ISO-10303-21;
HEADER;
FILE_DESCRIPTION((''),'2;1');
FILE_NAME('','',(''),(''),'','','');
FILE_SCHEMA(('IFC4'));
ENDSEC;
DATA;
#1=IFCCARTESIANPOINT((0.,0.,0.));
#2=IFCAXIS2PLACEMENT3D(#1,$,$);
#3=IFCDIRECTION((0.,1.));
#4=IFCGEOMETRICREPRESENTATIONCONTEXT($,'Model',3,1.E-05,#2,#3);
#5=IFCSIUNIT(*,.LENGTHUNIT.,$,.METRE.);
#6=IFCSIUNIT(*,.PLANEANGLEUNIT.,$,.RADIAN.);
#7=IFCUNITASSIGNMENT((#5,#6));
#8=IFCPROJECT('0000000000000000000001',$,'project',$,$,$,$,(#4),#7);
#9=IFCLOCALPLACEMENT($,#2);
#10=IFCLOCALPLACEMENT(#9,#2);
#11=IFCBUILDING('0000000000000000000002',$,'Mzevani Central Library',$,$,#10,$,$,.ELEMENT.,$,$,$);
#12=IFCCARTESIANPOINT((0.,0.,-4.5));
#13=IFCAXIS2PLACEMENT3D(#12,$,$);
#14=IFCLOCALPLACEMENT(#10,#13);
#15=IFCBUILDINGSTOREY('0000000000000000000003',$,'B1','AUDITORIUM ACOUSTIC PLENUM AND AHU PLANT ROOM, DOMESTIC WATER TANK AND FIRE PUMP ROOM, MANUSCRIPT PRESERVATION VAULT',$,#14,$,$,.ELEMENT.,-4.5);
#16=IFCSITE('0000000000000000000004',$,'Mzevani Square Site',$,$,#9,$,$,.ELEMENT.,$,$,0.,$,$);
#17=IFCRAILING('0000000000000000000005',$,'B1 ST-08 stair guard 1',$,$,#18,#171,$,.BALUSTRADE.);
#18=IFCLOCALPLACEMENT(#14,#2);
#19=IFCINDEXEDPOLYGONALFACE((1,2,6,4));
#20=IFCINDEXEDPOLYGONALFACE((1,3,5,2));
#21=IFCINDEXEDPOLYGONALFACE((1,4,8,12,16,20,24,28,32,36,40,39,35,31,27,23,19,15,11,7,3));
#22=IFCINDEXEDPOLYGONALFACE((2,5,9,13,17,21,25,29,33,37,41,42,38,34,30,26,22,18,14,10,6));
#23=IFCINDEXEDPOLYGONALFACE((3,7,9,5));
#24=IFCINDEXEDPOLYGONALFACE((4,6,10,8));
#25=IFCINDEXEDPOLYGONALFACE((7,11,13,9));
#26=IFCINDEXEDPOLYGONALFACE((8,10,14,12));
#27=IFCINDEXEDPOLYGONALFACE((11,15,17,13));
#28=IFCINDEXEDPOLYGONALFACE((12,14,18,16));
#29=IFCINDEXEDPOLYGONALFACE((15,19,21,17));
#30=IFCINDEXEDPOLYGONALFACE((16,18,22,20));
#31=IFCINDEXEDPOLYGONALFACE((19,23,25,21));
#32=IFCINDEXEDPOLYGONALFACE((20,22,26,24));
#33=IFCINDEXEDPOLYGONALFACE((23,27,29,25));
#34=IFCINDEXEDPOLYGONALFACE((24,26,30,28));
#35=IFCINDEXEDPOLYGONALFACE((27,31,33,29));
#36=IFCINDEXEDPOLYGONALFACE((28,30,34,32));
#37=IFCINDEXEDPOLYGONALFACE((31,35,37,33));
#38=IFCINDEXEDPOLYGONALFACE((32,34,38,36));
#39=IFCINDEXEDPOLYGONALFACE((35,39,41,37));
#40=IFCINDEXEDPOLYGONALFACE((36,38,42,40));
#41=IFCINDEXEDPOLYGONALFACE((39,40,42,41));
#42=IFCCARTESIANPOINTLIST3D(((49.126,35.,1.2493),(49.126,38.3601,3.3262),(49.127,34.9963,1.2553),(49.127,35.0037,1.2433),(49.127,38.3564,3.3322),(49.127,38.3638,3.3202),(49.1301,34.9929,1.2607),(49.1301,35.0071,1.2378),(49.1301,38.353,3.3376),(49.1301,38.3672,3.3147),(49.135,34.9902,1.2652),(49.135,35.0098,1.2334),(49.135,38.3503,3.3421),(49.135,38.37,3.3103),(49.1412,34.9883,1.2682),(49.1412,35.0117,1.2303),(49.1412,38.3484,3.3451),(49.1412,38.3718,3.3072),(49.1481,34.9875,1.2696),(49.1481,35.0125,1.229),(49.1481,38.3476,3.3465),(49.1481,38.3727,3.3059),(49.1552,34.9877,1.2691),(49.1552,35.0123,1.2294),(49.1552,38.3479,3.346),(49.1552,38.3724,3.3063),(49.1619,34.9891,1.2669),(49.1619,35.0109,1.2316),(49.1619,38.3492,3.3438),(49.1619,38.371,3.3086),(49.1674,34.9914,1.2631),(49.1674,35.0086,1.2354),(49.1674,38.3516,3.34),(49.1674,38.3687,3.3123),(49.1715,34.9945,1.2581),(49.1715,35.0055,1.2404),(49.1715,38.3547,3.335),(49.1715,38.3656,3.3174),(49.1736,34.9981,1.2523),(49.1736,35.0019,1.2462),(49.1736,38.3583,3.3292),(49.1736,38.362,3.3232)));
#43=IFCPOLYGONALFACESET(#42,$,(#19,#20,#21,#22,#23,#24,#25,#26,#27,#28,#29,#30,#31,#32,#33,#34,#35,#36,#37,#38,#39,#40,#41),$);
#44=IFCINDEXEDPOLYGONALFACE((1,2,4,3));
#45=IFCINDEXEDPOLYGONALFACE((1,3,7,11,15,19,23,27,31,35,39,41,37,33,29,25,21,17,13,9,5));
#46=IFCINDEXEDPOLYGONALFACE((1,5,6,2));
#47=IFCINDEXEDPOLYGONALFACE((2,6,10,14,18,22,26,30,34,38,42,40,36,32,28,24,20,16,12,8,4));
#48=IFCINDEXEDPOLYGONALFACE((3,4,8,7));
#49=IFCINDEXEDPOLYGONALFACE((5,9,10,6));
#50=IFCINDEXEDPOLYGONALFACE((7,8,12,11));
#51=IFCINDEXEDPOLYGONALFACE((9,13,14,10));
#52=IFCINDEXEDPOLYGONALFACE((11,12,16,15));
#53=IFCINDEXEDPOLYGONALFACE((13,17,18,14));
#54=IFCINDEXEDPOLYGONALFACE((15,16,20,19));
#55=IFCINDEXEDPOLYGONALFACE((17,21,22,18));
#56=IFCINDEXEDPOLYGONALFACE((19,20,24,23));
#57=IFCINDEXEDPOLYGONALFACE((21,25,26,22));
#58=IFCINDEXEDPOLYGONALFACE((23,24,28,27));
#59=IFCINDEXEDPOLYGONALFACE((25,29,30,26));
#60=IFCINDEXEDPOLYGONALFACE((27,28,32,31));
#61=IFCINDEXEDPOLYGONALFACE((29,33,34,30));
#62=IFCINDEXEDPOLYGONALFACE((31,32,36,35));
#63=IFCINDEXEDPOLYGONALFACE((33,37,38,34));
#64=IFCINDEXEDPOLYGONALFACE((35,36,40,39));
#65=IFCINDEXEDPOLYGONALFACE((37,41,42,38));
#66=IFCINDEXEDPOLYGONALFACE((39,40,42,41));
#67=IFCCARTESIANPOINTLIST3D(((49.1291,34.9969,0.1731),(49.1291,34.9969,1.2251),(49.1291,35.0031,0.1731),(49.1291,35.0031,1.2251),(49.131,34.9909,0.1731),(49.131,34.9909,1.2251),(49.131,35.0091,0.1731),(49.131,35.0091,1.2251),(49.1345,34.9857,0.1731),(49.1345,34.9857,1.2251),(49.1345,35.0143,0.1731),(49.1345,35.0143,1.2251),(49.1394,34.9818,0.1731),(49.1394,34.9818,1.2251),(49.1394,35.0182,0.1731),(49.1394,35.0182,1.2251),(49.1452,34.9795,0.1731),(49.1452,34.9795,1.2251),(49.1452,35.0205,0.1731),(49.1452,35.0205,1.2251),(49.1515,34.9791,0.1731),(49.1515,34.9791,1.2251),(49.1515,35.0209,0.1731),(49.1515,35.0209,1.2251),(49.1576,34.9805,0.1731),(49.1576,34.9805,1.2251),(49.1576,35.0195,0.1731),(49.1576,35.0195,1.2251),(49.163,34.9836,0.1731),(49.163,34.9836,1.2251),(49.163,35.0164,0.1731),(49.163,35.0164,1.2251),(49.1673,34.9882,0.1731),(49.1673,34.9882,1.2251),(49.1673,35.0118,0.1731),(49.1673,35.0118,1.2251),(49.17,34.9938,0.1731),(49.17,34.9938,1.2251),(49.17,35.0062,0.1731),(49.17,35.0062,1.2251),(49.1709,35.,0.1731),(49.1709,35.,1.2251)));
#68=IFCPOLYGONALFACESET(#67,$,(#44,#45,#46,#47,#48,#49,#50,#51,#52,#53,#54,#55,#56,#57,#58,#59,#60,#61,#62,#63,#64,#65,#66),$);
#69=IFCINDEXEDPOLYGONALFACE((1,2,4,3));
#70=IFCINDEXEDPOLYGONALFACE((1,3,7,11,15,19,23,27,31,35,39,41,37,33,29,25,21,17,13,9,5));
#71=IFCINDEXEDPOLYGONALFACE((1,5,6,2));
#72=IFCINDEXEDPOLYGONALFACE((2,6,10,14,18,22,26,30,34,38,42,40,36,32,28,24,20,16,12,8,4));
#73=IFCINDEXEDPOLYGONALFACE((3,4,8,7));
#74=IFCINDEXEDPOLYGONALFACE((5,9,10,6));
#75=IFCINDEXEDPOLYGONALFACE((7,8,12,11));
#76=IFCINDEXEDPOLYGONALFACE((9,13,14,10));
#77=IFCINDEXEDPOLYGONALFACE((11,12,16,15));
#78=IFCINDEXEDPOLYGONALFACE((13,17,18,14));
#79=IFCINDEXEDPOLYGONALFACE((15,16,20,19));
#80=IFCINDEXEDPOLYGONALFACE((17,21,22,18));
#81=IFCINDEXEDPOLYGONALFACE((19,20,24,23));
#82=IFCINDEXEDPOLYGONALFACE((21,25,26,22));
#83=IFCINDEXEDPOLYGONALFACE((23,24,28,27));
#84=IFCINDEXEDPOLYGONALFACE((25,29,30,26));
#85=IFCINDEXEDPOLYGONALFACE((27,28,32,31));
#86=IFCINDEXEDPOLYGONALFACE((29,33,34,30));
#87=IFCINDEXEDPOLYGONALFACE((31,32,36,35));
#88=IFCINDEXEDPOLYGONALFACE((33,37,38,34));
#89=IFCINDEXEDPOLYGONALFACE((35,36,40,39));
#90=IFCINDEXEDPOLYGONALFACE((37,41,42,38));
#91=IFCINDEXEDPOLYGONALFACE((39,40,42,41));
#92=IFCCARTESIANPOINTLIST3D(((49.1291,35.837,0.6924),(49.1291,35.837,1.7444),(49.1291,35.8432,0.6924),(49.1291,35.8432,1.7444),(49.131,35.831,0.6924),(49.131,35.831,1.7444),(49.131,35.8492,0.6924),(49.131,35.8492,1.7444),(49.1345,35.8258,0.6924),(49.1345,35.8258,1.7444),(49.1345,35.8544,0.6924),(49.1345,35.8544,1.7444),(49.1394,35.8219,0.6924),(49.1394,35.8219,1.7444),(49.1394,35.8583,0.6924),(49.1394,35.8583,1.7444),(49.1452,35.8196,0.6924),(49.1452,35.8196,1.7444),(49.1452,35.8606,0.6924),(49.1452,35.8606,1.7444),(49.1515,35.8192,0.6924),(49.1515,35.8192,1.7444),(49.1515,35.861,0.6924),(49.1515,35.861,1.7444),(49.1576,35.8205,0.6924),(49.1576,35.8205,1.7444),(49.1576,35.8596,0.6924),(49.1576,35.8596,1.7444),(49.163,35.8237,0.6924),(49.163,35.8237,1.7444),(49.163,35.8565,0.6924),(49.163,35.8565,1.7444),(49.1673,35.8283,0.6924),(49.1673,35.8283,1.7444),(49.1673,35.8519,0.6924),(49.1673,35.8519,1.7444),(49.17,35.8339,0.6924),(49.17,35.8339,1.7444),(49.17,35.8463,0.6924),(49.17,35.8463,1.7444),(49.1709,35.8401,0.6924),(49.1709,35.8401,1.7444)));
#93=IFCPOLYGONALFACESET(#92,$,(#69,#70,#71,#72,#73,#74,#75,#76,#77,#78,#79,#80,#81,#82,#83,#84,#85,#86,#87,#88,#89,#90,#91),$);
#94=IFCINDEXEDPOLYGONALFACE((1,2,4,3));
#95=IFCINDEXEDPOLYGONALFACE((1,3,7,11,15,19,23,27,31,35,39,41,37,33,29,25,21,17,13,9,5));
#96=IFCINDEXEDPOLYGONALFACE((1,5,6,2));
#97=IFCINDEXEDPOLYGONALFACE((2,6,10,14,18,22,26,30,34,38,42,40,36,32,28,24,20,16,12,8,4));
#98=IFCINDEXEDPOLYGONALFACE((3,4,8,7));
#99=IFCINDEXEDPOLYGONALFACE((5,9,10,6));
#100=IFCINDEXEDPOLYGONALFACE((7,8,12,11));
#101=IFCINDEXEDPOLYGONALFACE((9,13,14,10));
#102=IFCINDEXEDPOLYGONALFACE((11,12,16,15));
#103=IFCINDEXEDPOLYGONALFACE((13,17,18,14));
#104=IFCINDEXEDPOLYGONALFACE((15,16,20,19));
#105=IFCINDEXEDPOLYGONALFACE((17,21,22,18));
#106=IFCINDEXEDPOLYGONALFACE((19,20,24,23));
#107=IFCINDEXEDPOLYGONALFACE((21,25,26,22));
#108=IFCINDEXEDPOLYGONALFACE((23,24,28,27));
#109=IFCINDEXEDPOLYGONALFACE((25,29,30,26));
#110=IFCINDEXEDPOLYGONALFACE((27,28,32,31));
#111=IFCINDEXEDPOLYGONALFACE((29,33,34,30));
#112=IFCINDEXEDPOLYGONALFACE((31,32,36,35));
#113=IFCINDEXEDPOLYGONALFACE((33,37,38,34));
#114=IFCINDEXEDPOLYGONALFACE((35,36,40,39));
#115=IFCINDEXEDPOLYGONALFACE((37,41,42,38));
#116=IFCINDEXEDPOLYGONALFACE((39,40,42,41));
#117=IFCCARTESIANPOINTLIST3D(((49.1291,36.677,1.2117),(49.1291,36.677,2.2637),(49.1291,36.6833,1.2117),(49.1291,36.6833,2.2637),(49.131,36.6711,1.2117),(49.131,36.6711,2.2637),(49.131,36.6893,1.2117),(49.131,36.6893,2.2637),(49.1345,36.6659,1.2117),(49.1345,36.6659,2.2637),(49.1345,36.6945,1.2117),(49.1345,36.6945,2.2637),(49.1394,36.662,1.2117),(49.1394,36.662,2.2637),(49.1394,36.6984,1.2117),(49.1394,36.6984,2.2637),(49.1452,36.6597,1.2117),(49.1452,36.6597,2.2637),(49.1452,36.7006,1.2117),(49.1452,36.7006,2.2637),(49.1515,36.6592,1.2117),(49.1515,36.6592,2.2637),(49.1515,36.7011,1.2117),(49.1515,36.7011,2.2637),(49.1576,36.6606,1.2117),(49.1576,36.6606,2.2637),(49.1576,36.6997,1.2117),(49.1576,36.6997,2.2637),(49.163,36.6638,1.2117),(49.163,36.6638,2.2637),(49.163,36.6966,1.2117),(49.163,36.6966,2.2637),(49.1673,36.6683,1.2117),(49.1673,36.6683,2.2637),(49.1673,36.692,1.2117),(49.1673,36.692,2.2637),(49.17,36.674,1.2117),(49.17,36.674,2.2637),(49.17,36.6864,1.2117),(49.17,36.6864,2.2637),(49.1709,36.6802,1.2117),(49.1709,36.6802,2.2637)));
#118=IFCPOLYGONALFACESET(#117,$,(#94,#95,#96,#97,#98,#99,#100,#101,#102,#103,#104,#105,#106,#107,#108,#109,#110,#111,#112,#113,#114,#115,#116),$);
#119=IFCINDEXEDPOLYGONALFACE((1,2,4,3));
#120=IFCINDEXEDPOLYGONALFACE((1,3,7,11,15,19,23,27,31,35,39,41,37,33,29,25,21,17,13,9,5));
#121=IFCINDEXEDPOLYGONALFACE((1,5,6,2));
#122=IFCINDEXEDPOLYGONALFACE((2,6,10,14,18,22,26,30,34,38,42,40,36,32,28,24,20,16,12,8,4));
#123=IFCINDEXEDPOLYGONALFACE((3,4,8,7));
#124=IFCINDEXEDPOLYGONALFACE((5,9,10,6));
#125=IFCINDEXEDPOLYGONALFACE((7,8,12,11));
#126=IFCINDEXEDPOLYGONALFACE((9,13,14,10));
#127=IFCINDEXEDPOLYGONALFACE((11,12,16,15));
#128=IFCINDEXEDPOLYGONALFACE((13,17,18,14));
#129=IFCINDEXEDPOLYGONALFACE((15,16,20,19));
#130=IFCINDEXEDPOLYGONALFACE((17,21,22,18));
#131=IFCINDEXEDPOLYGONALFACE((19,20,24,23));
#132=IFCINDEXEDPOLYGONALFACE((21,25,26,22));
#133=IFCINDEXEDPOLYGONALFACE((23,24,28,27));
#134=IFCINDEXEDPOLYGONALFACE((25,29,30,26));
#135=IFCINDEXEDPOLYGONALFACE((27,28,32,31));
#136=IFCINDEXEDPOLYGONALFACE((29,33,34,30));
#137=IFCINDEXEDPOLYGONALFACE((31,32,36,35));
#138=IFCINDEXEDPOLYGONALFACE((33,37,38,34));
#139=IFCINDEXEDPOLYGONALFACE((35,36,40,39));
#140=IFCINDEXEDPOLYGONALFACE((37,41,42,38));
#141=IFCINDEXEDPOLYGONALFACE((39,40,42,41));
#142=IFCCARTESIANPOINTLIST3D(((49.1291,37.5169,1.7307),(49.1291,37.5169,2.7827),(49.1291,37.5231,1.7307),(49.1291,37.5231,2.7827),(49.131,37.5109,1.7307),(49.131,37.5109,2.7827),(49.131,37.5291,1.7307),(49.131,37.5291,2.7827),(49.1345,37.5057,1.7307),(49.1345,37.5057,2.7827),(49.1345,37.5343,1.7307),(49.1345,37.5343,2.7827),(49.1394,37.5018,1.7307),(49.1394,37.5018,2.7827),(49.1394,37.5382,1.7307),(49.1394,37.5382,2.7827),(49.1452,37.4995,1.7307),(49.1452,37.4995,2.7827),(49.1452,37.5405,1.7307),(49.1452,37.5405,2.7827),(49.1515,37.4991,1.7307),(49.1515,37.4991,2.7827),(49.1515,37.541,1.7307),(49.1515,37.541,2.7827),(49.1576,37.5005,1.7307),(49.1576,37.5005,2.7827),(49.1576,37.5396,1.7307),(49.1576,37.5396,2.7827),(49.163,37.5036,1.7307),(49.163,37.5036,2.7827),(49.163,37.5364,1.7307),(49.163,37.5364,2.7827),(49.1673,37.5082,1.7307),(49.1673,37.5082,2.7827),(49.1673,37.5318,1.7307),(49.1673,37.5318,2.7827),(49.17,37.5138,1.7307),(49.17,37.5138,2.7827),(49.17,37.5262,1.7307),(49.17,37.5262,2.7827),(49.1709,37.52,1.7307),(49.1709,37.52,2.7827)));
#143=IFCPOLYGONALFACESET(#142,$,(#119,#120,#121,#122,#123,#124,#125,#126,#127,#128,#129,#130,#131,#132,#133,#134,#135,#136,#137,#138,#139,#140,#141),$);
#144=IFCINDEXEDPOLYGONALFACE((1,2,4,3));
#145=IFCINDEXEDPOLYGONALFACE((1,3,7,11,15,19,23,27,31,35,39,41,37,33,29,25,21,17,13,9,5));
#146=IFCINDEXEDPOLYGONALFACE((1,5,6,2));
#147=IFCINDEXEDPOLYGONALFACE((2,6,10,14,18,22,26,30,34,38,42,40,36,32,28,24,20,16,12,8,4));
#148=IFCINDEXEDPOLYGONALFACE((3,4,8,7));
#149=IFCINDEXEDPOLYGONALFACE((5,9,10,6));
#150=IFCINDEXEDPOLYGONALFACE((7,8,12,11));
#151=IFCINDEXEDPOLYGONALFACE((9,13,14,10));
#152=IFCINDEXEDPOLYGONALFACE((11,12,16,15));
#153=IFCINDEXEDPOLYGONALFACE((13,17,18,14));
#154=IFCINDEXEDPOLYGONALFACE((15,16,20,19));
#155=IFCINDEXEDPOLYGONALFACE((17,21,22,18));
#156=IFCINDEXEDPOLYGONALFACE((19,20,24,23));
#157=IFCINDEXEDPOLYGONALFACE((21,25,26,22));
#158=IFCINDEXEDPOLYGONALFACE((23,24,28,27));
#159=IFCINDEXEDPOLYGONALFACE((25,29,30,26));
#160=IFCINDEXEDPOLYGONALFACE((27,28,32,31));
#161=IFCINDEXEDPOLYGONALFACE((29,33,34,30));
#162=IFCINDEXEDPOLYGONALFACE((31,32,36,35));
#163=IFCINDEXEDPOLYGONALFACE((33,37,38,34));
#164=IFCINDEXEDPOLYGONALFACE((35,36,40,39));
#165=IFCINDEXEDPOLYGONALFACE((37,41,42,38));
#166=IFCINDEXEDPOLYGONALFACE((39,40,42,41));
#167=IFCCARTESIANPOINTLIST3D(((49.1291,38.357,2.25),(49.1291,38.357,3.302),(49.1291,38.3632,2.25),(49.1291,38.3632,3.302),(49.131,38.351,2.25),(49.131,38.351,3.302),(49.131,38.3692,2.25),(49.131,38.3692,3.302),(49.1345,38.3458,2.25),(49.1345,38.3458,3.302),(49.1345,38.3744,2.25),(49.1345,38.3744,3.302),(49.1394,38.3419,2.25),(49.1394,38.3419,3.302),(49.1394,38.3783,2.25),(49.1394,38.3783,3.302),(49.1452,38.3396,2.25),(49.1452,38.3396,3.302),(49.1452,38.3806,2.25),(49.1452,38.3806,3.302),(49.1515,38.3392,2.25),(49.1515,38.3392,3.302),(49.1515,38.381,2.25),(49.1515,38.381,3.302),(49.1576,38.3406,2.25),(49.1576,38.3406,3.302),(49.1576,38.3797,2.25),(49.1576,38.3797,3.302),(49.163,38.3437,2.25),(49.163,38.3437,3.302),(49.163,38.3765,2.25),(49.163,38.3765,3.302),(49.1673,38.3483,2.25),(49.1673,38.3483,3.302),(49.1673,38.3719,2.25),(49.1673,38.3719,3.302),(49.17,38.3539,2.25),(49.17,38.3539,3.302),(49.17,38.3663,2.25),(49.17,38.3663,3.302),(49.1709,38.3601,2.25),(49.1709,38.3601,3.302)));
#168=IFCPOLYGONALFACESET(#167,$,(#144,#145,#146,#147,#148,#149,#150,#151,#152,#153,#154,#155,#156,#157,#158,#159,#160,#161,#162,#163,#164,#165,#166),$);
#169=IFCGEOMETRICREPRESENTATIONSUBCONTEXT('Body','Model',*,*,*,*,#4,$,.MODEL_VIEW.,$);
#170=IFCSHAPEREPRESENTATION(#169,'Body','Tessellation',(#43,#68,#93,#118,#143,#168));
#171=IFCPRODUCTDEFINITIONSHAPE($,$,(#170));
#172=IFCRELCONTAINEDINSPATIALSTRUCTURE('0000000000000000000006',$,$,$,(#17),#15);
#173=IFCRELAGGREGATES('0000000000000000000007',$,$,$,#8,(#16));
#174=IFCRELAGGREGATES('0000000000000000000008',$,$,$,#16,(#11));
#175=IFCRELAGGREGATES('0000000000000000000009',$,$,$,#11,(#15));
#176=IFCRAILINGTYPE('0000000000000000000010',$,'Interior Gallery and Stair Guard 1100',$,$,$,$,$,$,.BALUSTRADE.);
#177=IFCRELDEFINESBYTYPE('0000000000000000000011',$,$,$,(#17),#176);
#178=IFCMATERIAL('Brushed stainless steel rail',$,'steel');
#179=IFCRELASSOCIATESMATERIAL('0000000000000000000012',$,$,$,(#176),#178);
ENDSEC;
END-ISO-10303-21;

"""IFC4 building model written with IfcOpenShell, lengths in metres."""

from ifc_helpers import new_model, si_unit, direction, frame, origin, origin_2d, place, context, subcontext, project, spatial, circle, extrude, material, type_object, element, save


model = new_model("IFC4")

# Units and contexts
model_context = context("Model", 3, precision=1e-05, world=origin(), true_north=direction((0.0, 1.0)))
body_context = subcontext(model_context, "Body", "Model", "MODEL_VIEW")
ifc_project = project(units=[si_unit("LENGTHUNIT", "METRE"), si_unit("PLANEANGLEUNIT", "RADIAN")], contexts=[model_context])

# Site, building, storey
site_placement = place(None, origin())
site = spatial("IfcSite", under=ifc_project, at=site_placement, Name="Mzevani Square Site", CompositionType="ELEMENT", RefElevation=0.0)
building_placement = place(site_placement, origin())
building = spatial("IfcBuilding", under=site, at=building_placement, Name="Mzevani Central Library", CompositionType="ELEMENT")
storey_placement = place(building_placement, frame((0.0, 0.0, -4.5)))
storey = spatial("IfcBuildingStorey", under=building, at=storey_placement, Name="B1", Description="AUDITORIUM ACOUSTIC PLENUM AND AHU PLANT ROOM, DOMESTIC WATER TANK AND FIRE PUMP ROOM, MANUSCRIPT PRESERVATION VAULT", CompositionType="ELEMENT", Elevation=-4.5)

# Railing
ifc_material_1 = material(Name="Brushed stainless steel rail", Category="steel")
railing_type_1 = type_object("IfcRailingType", Name="Interior Gallery and Stair Guard 1100", PredefinedType="BALUSTRADE", material=ifc_material_1)
railing_1_placement = place(storey_placement, frame((49.1499, 35.0, 0.1731)))
element("IfcRailing", 1, at=railing_1_placement, inside=storey, type_object=railing_type_1, Name="B1 ST-08 stair guard 1", PredefinedType="BALUSTRADE", context=body_context, shape_type="SweptSolid", body=[
    extrude(circle(Radius=0.0239, at=origin_2d()), frame((0.0, 0.0, 1.0762), z_axis=(0.0, 0.850623, 0.525776), x_axis=(-1.0, 0.0, 0.0)), (0.0, 0.0, 1.0), 3.9502),
    extrude(circle(Radius=0.021, at=origin_2d()), origin(), (0.0, 0.0, 1.0), 1.052),
    extrude(circle(Radius=0.021, at=origin_2d()), frame((0.0, 0.8401, 0.5193)), (0.0, 0.0, 1.0), 1.052),
    extrude(circle(Radius=0.021, at=origin_2d()), frame((0.0, 1.6802, 1.0386)), (0.0, 0.0, 1.0), 1.052),
    extrude(circle(Radius=0.021, at=origin_2d()), frame((0.0, 2.52, 1.5576)), (0.0, 0.0, 1.0), 1.052),
    extrude(circle(Radius=0.021, at=origin_2d()), frame((0.0, 3.3601, 2.0769)), (0.0, 0.0, 1.0), 1.052),
])

save(model, "model.ifc")
